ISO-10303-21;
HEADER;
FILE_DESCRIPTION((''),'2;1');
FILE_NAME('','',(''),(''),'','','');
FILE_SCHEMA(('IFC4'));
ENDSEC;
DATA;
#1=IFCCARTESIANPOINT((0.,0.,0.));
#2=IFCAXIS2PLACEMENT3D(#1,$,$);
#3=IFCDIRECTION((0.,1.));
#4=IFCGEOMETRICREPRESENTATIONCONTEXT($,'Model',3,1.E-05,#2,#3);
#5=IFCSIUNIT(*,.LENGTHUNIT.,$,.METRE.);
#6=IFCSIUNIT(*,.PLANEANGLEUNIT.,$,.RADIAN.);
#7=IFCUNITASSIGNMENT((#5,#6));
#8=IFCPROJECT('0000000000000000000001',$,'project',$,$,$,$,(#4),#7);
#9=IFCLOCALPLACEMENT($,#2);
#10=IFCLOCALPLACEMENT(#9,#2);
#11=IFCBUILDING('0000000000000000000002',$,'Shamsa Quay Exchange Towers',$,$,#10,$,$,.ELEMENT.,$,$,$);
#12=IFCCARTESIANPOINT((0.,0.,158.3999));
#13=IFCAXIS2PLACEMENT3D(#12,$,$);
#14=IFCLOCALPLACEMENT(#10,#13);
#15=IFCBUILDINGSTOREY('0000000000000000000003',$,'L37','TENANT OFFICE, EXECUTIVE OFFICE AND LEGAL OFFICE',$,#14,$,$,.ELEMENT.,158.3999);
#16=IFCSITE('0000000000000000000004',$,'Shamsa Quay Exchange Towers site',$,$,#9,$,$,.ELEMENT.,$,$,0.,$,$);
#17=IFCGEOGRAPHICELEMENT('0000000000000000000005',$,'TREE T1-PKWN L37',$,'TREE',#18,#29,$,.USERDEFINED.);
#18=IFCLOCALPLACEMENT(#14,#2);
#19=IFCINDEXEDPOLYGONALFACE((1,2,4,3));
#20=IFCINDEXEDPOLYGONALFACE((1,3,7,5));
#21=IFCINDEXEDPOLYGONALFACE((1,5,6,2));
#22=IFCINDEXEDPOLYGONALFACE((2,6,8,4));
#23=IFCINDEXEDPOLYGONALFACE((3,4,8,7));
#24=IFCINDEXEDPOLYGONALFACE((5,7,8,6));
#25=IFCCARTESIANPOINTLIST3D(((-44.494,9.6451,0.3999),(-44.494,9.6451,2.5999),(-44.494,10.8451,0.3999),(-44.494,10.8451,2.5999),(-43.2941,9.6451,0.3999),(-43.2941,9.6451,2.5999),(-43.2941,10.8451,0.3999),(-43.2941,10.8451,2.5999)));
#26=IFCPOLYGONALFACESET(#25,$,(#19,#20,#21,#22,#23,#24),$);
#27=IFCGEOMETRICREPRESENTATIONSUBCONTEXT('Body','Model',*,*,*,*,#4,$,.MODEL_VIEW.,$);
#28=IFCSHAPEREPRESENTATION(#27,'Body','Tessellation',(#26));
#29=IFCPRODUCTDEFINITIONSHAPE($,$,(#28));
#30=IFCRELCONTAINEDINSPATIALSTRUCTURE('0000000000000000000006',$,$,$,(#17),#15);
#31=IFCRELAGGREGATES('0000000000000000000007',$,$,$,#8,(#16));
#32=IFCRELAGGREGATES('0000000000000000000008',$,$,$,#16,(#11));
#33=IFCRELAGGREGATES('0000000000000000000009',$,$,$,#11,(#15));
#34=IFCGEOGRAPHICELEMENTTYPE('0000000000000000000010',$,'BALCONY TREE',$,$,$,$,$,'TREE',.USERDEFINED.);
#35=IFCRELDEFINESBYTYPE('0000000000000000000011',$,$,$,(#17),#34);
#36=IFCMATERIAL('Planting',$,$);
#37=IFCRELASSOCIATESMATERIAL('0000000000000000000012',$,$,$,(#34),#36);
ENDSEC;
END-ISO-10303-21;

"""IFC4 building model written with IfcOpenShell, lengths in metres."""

from ifc_helpers import new_model, si_unit, direction, frame, origin, origin_2d, place, context, subcontext, project, spatial, rectangle, extrude, material, type_object, element, save


model = new_model("IFC4")

# Units and contexts
model_context = context("Model", 3, precision=1e-05, world=origin(), true_north=direction((0.0, 1.0)))
body_context = subcontext(model_context, "Body", "Model", "MODEL_VIEW")
ifc_project = project(units=[si_unit("LENGTHUNIT", "METRE"), si_unit("PLANEANGLEUNIT", "RADIAN")], contexts=[model_context])

# Site, building, storey
site_placement = place(None, origin())
site = spatial("IfcSite", under=ifc_project, at=site_placement, Name="Shamsa Quay Exchange Towers site", CompositionType="ELEMENT", RefElevation=0.0)
building_placement = place(site_placement, origin())
building = spatial("IfcBuilding", under=site, at=building_placement, Name="Shamsa Quay Exchange Towers", CompositionType="ELEMENT")
storey_placement = place(building_placement, frame((0.0, 0.0, 158.3999)))
storey = spatial("IfcBuildingStorey", under=building, at=storey_placement, Name="L37", Description="TENANT OFFICE, EXECUTIVE OFFICE AND LEGAL OFFICE", CompositionType="ELEMENT", Elevation=158.3999)

# Geographic element
ifc_material_1 = material(Name="Planting")
geographic_element_type = type_object("IfcGeographicElementType", Name="BALCONY TREE", ElementType="TREE", PredefinedType="USERDEFINED", material=ifc_material_1)
geographic_element_placement = place(storey_placement, frame((-43.894, 10.2451, 0.3999), z_axis=(0.0, 0.0, 1.0), x_axis=(-1.0, 0.0, 0.0)))
element("IfcGeographicElement", 1, at=geographic_element_placement, inside=storey, type_object=geographic_element_type, Name="TREE T1-PKWN L37", ObjectType="TREE", PredefinedType="USERDEFINED", context=body_context, shape_type="SweptSolid", body=[
    extrude(rectangle(XDim=1.2, YDim=1.2, at=origin_2d()), origin(), (0.0, 0.0, 1.0), 2.2),
])

save(model, "model.ifc")
